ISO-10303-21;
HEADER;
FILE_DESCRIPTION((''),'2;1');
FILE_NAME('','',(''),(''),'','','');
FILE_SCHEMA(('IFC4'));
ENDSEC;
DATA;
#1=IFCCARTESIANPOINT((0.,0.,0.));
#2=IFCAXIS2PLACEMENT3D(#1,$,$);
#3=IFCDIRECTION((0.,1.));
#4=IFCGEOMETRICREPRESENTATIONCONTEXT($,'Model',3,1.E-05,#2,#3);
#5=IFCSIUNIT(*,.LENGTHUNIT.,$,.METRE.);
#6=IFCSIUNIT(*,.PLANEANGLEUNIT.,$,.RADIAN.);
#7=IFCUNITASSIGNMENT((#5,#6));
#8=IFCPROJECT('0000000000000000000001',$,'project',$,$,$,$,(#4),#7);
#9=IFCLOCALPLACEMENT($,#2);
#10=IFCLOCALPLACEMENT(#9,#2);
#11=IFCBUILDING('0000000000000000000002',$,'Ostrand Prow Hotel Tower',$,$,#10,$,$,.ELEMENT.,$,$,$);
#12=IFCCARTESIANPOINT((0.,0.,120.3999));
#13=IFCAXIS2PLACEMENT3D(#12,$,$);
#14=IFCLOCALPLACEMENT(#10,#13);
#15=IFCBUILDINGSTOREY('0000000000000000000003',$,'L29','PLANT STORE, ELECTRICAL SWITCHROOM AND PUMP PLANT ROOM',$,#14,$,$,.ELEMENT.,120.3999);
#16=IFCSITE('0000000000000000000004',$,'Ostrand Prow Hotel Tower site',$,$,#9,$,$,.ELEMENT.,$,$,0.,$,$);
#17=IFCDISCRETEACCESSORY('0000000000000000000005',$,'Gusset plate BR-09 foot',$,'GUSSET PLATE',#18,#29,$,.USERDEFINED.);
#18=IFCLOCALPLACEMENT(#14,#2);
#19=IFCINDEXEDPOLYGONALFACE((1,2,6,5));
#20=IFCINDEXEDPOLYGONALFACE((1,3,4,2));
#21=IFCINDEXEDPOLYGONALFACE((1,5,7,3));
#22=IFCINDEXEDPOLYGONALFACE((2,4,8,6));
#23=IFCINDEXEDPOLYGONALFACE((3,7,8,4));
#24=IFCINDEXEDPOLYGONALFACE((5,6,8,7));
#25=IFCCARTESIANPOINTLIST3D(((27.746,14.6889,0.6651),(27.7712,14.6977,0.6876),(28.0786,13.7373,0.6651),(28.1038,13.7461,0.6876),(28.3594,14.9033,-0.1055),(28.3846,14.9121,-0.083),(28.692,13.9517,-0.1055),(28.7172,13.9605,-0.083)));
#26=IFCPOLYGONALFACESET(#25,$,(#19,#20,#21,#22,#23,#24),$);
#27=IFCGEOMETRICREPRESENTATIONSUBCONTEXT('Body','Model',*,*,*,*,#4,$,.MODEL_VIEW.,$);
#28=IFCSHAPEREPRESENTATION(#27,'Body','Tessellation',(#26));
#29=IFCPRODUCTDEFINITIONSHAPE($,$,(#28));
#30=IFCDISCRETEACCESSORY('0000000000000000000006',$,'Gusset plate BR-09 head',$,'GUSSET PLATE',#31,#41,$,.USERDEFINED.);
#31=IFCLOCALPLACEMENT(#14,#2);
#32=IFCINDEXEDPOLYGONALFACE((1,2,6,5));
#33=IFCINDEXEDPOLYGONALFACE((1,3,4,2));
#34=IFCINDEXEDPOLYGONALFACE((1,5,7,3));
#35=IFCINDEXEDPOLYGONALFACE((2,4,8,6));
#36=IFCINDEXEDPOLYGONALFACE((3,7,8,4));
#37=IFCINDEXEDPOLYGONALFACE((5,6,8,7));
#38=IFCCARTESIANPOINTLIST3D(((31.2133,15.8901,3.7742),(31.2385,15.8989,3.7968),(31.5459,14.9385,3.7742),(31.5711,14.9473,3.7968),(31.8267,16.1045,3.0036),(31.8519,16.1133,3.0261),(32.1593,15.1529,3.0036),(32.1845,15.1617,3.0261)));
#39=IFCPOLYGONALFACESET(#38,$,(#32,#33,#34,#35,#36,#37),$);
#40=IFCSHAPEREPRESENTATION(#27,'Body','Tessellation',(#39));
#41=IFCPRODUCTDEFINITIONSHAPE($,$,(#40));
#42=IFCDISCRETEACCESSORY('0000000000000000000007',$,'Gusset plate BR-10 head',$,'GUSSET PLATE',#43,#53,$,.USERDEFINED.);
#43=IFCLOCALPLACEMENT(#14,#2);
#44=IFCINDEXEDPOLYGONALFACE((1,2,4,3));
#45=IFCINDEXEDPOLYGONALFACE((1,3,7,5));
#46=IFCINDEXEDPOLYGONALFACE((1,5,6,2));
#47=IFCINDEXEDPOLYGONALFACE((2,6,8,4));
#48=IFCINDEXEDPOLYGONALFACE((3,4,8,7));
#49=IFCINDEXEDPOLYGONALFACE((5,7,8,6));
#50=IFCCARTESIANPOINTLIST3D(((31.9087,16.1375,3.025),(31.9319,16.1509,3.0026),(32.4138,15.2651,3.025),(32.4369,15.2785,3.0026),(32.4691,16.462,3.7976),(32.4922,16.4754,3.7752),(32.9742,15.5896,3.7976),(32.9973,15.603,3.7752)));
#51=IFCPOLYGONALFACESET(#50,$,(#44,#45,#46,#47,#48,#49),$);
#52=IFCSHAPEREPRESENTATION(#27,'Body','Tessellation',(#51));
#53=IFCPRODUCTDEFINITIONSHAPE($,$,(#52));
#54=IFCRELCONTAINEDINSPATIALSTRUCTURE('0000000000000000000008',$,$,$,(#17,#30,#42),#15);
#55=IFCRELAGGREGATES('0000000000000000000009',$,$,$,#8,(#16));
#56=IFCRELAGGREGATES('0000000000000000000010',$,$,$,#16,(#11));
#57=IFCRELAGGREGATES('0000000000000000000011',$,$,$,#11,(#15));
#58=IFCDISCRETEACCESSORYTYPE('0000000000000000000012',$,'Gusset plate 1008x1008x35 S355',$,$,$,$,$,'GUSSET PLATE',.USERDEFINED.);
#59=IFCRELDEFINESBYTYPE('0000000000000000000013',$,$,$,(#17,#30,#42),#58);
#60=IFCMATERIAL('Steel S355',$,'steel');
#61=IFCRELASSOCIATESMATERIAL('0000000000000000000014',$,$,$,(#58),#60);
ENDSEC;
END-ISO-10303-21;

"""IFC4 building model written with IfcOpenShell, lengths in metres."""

from ifc_helpers import new_model, si_unit, direction, frame, origin, origin_2d, place, context, subcontext, project, spatial, rectangle, extrude, material, material_profile, profile_set, type_object, element, save


model = new_model("IFC4")

# Units and contexts
model_context = context("Model", 3, precision=1e-05, world=origin(), true_north=direction((0.0, 1.0)))
body_context = subcontext(model_context, "Body", "Model", "MODEL_VIEW")
ifc_project = project(units=[si_unit("LENGTHUNIT", "METRE"), si_unit("PLANEANGLEUNIT", "RADIAN")], contexts=[model_context])

# Site, building, storey
site_placement = place(None, origin())
site = spatial("IfcSite", under=ifc_project, at=site_placement, Name="Ostrand Prow Hotel Tower site", CompositionType="ELEMENT", RefElevation=0.0)
building_placement = place(site_placement, origin())
building = spatial("IfcBuilding", under=site, at=building_placement, Name="Ostrand Prow Hotel Tower", CompositionType="ELEMENT")
storey_placement = place(building_placement, frame((0.0, 0.0, 120.3999)))
storey = spatial("IfcBuildingStorey", under=building, at=storey_placement, Name="L29", Description="PLANT STORE, ELECTRICAL SWITCHROOM AND PUMP PLANT ROOM", CompositionType="ELEMENT", Elevation=120.3999)

# Discrete accessories
ifc_material_1 = material(Name="Steel S355", Category="steel")
ifc_material_profile_1 = material_profile(ifc_material_1, rectangle(XDim=1.0081, YDim=1.0081, at=origin_2d()), Name="PL 1008x1008x35")
ifc_profile_set_1 = profile_set([ifc_material_profile_1], Name="Steel S355")
discrete_accessory_type = type_object("IfcDiscreteAccessoryType", Name="Gusset plate 1008x1008x35 S355", ElementType="GUSSET PLATE", PredefinedType="USERDEFINED", material=ifc_profile_set_1)
for number, where, z_axis, x_axis, name in (
    (1, (28.219, 14.3203, 0.2798), (0.721693, 0.252242, 0.644619), (-0.329942, 0.944001, 0.0), "Gusset plate BR-09 foot"),
    (2, (31.6863, 15.5215, 3.3889), (0.721693, 0.252242, 0.644619), (-0.329942, 0.944001, 0.0), "Gusset plate BR-09 head"),
    (3, (32.4646, 15.877, 3.3889), (-0.663282, -0.384006, 0.642337), (0.501036, -0.865426, 0.0), "Gusset plate BR-10 head"),
):
    element("IfcDiscreteAccessory", number, at=place(storey_placement, frame(where, z_axis=z_axis, x_axis=x_axis)), inside=storey, type_object=discrete_accessory_type, Name=name, ObjectType="GUSSET PLATE", PredefinedType="USERDEFINED", context=body_context, shape_type="SweptSolid", body=[
        extrude(rectangle(XDim=1.0081, YDim=1.0081, at=origin_2d()), origin(), (0.0, 0.0, 1.0), 0.0349),
    ])

save(model, "model.ifc")
